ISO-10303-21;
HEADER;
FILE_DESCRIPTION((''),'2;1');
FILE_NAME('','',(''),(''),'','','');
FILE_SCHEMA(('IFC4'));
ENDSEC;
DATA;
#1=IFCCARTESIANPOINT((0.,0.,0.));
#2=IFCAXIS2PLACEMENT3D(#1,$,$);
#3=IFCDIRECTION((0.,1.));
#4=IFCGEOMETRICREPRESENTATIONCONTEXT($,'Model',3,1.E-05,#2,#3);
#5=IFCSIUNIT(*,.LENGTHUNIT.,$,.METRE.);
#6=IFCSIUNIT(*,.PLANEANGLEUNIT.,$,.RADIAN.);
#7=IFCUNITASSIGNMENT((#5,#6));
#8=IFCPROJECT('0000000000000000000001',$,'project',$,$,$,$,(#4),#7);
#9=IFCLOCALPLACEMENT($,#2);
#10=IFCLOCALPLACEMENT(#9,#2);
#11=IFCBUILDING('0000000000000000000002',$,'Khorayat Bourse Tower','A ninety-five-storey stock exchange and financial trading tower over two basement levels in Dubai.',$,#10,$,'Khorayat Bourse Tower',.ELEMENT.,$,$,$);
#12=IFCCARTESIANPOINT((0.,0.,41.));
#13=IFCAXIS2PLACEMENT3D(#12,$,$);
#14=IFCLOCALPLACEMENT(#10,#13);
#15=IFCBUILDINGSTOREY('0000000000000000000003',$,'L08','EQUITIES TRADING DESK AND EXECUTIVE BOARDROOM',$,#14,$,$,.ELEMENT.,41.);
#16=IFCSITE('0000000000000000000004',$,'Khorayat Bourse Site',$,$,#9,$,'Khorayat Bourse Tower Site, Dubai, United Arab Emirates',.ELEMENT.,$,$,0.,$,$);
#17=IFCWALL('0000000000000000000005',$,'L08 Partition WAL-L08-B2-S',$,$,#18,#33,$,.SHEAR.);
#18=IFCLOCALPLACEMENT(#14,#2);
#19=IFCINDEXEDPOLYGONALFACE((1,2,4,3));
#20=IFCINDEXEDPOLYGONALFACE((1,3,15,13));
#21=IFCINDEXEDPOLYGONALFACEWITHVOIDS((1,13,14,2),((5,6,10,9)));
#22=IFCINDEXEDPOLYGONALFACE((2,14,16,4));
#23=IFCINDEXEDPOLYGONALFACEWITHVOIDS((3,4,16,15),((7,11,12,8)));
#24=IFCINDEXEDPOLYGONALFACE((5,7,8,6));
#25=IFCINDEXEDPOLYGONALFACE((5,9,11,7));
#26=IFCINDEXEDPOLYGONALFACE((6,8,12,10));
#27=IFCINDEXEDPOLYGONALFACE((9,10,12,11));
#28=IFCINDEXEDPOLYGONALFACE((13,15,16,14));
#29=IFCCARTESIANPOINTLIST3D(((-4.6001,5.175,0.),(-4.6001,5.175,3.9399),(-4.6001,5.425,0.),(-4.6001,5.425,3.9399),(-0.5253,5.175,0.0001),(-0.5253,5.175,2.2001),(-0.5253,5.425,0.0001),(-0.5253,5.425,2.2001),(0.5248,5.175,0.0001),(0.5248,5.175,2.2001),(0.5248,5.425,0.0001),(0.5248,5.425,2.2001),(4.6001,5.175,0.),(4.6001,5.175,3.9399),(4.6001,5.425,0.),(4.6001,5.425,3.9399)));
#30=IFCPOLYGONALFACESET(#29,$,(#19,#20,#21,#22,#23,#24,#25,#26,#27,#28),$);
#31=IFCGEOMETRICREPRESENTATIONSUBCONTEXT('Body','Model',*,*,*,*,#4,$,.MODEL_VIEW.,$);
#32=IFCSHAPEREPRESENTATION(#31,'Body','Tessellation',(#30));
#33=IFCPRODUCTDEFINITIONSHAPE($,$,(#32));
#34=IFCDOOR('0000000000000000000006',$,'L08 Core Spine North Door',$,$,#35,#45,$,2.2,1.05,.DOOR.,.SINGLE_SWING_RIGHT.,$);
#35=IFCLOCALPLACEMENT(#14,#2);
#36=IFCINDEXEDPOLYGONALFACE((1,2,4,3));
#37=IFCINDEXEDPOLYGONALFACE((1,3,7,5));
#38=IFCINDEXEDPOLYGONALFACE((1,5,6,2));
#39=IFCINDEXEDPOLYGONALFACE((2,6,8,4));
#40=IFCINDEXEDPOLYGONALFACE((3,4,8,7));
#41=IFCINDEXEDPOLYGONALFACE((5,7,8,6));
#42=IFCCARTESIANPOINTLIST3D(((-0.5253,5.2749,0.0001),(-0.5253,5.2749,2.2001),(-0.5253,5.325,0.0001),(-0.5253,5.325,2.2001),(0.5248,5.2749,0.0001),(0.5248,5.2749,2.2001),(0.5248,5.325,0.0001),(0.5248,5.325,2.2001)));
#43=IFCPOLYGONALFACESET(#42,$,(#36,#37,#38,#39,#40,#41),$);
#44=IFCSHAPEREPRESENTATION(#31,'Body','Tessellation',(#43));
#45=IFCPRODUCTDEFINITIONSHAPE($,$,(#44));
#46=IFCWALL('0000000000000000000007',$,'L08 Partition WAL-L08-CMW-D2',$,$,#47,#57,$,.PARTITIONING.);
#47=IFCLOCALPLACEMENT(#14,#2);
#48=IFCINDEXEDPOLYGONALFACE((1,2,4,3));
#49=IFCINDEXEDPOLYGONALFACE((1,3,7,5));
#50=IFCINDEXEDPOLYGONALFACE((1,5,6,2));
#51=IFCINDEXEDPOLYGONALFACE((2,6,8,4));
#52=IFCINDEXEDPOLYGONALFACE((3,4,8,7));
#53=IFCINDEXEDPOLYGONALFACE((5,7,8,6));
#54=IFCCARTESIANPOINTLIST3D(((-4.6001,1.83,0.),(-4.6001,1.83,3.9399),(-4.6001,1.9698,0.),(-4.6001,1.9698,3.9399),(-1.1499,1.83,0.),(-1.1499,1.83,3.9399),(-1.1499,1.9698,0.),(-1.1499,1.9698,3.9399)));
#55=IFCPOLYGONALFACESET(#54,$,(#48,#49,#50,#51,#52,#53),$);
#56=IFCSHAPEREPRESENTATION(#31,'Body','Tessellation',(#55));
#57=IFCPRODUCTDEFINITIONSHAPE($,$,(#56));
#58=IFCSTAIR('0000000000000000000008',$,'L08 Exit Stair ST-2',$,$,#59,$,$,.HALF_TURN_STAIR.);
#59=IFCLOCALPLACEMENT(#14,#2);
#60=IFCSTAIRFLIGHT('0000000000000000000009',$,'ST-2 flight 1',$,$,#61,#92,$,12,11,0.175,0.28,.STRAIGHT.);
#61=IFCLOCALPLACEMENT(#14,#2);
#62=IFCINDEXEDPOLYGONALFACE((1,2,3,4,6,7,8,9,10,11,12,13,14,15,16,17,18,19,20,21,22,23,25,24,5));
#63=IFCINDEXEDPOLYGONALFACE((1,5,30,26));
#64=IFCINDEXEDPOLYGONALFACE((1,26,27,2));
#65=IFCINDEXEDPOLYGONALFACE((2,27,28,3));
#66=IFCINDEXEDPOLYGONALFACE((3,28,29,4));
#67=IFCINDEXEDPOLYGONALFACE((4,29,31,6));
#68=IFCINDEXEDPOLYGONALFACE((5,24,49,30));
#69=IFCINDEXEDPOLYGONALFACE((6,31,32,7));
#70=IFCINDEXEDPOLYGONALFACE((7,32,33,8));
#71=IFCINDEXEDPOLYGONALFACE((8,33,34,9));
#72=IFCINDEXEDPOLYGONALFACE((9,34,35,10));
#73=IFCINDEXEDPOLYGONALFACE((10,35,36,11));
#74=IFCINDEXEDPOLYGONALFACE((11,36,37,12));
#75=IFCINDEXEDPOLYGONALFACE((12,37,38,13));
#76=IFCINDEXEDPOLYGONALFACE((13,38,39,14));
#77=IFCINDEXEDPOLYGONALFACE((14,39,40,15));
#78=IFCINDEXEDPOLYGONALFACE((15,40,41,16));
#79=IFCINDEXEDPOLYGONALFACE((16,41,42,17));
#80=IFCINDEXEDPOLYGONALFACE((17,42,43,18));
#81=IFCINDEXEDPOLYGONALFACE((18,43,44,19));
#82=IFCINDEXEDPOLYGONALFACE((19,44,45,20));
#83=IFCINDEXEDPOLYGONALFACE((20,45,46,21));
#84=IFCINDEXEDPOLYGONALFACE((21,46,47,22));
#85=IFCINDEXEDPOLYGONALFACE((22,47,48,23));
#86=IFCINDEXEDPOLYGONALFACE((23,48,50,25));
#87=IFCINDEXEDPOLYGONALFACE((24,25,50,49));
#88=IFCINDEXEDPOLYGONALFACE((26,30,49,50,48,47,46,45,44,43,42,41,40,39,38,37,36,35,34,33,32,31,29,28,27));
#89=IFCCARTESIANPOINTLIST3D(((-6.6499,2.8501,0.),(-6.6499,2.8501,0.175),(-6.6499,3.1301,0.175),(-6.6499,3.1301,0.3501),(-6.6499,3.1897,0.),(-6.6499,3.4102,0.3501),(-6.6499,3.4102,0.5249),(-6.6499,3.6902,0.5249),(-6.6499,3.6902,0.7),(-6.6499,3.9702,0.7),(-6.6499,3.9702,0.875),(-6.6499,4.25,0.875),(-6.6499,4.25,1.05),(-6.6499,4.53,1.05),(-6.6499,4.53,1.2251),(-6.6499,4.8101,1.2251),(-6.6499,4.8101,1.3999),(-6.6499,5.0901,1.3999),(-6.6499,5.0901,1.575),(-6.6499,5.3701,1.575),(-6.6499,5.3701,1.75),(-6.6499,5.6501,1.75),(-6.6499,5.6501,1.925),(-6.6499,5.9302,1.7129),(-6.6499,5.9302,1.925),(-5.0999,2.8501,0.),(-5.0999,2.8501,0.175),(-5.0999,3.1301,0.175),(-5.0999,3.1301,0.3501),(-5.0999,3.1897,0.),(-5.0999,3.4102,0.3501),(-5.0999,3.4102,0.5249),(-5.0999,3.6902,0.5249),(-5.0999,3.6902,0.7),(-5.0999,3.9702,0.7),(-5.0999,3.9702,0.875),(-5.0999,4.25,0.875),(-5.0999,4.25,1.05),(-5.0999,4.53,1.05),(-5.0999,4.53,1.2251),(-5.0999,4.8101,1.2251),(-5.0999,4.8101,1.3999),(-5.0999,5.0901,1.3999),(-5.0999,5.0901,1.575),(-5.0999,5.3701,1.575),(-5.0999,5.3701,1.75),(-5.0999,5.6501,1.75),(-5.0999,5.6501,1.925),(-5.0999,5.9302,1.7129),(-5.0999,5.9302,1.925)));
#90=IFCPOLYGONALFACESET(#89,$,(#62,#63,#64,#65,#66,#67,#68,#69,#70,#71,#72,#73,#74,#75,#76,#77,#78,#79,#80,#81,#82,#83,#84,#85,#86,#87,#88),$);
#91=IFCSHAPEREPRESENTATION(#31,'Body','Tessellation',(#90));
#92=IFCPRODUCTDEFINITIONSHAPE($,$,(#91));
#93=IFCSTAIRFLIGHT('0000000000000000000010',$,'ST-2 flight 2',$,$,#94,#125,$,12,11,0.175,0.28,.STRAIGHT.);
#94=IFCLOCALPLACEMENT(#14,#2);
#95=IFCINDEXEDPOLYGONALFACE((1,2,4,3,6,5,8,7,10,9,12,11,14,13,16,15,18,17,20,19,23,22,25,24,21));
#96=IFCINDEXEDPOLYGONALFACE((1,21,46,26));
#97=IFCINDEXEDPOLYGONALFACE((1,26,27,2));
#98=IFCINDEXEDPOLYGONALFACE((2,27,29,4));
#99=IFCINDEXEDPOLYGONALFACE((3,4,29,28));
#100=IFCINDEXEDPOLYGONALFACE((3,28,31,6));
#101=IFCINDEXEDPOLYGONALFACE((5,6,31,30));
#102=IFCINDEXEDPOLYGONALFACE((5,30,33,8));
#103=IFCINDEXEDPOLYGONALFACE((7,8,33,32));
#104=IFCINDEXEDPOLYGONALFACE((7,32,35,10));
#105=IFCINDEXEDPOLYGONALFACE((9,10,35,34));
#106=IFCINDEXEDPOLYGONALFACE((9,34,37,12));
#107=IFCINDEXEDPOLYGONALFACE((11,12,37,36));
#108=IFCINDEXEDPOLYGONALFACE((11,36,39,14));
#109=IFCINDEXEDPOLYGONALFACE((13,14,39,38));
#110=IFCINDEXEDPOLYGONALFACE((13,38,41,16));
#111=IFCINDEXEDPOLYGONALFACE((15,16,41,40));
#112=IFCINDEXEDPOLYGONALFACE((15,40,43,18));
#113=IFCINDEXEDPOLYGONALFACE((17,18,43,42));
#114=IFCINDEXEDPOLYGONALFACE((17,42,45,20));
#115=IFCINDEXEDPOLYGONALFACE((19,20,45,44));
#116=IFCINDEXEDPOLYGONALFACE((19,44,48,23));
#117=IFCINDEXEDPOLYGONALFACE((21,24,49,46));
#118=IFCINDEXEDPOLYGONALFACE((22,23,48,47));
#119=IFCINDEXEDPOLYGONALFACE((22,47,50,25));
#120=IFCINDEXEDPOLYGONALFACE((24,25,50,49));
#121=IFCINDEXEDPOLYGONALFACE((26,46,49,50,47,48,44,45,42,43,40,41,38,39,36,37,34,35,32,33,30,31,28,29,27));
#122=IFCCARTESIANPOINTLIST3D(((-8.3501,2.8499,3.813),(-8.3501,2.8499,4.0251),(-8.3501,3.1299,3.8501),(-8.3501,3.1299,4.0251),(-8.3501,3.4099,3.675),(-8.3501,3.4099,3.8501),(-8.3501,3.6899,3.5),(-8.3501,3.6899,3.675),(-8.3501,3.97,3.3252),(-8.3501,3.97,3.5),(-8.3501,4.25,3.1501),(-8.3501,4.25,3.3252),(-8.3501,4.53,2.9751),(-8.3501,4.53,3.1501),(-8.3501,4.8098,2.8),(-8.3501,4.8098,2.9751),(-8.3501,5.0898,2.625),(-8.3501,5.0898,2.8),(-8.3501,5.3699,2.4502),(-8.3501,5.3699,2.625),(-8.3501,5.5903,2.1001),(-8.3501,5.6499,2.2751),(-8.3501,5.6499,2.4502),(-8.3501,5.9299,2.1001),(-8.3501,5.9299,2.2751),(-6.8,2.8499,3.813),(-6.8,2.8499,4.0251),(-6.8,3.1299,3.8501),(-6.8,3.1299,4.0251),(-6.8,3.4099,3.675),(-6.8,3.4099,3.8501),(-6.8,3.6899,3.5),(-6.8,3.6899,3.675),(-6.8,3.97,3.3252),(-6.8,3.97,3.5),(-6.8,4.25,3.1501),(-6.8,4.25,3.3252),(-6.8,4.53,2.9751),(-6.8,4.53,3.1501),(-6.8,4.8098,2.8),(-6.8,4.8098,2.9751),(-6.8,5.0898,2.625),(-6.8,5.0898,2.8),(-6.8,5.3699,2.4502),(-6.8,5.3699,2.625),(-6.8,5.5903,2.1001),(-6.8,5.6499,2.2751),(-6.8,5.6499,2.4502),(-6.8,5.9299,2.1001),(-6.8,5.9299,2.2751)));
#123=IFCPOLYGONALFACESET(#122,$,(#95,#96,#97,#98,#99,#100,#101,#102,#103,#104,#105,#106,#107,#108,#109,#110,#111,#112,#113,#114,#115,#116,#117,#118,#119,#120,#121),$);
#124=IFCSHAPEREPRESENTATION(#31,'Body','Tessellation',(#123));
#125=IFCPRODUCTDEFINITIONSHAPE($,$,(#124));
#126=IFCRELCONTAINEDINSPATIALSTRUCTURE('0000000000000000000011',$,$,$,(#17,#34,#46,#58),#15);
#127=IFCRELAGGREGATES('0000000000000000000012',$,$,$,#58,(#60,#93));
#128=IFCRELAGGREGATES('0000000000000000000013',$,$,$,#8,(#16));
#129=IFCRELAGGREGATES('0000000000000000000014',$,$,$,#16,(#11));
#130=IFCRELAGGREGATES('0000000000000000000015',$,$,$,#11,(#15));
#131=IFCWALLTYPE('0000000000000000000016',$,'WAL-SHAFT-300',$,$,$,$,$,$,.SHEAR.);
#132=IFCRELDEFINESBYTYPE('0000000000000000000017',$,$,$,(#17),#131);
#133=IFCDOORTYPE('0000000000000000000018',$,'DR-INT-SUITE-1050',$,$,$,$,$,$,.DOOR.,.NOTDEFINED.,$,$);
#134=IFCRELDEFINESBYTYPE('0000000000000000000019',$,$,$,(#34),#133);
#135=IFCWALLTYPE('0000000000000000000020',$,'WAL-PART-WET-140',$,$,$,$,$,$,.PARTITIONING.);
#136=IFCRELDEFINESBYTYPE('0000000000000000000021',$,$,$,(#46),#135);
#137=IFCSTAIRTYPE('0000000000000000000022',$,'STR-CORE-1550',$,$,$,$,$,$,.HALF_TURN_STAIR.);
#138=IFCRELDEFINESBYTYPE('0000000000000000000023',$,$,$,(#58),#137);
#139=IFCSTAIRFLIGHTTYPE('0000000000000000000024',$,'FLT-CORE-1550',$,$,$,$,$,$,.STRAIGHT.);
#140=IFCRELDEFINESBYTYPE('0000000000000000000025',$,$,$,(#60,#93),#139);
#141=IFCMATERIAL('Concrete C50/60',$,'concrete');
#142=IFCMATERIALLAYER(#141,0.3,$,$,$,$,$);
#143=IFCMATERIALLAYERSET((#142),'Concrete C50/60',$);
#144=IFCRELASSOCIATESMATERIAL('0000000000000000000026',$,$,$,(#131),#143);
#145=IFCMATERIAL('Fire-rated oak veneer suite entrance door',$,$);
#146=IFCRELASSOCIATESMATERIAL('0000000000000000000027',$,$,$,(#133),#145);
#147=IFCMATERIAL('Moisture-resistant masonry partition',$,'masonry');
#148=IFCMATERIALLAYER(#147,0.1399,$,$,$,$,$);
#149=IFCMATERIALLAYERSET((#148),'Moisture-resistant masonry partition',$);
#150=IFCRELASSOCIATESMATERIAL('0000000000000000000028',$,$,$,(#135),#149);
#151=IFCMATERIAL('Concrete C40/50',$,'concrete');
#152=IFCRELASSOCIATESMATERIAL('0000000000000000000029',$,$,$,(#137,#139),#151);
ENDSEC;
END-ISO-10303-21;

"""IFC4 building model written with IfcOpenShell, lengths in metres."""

from ifc_helpers import new_model, si_unit, direction, frame, frame_2d, origin, place, context, subcontext, project, spatial, polyline, rectangle, outline, extrude, source, transform, mapped, material, layer, layer_set, type_object, element, fill, aggregate, save


model = new_model("IFC4")

# Units and contexts
model_context = context("Model", 3, precision=1e-05, world=origin(), true_north=direction((0.0, 1.0)))
body_context = subcontext(model_context, "Body", "Model", "MODEL_VIEW")
ifc_project = project(units=[si_unit("LENGTHUNIT", "METRE"), si_unit("PLANEANGLEUNIT", "RADIAN")], contexts=[model_context])

# Site, building, storey
site_placement = place(None, origin())
site = spatial("IfcSite", under=ifc_project, at=site_placement, Name="Khorayat Bourse Site", LongName="Khorayat Bourse Tower Site, Dubai, United Arab Emirates", CompositionType="ELEMENT", RefElevation=0.0)
building_placement = place(site_placement, origin())
building = spatial("IfcBuilding", under=site, at=building_placement, Name="Khorayat Bourse Tower", Description="A ninety-five-storey stock exchange and financial trading tower over two basement levels in Dubai.", LongName="Khorayat Bourse Tower", CompositionType="ELEMENT")
storey_placement = place(building_placement, frame((0.0, 0.0, 41.0)))
storey = spatial("IfcBuildingStorey", under=building, at=storey_placement, Name="L08", Description="EQUITIES TRADING DESK AND EXECUTIVE BOARDROOM", CompositionType="ELEMENT", Elevation=41.0)

# Shared definitions
ifc_material_1 = material(Name="Concrete C50/60", Category="concrete")
ifc_layer_1 = layer(ifc_material_1, 0.3)
ifc_layer_set_1 = layer_set([ifc_layer_1], Name="Concrete C50/60")
wall_type_1 = type_object("IfcWallType", Name="WAL-SHAFT-300", PredefinedType="SHEAR", material=ifc_layer_set_1)

# Wall, opening, door
shared_shape_1 = source(origin(), body_context, "Body", "SweptSolid", [
    extrude(rectangle(XDim=9.2002, YDim=0.25, at=frame_2d((4.6001, 0.0))), origin(), (0.0, 0.0, 1.0), 3.9399),
])
wall_1_placement = place(storey_placement, frame((-4.6001, 5.3, 0.0), z_axis=(0.0, 0.0, 1.0), x_axis=(1.0, 0.0, 0.0)))
wall_1 = element("IfcWall", 1, at=wall_1_placement, inside=storey, type_object=wall_type_1, Name="L08 Partition WAL-L08-B2-S", PredefinedType="SHEAR", context=body_context, shape_type="MappedRepresentation", body=[
    mapped(shared_shape_1, transform((0.0, 0.0, 0.0), scale=1.0)),
])
shared_shape_2 = source(origin(), body_context, "Body", "SweptSolid", [
    extrude(rectangle(XDim=1.05, YDim=2.2, at=frame_2d((0.5249, 1.1001))), frame((0.0, 0.135, 0.0), z_axis=(0.0, -1.0, 0.0), x_axis=(1.0, 0.0, 0.0)), (0.0, 0.0, 1.0), 0.27),
])
opening_placement = place(wall_1_placement, frame((4.075, 0.0, 0.0)))
opening = element("IfcOpeningElement", 2, at=opening_placement, cuts=wall_1, PredefinedType="OPENING", context=body_context, shape_type="MappedRepresentation", body=[
    mapped(shared_shape_2, transform((0.0, 0.0, 0.0), scale=1.0)),
])
ifc_material_2 = material(Name="Fire-rated oak veneer suite entrance door")
door_type = type_object("IfcDoorType", Name="DR-INT-SUITE-1050", OperationType="NOTDEFINED", PredefinedType="DOOR", material=ifc_material_2)
shared_shape_3 = source(origin(), body_context, "Body", "SweptSolid", [
    extrude(rectangle(XDim=1.05, YDim=2.2, at=frame_2d((0.5249, 1.1001))), frame((0.0, 0.0249, 0.0), z_axis=(0.0, -1.0, 0.0), x_axis=(1.0, 0.0, 0.0)), (0.0, 0.0, 1.0), 0.05),
])
door_placement = place(opening_placement, origin())
door = element("IfcDoor", 3, at=door_placement, inside=storey, type_object=door_type, Name="L08 Core Spine North Door", OperationType="SINGLE_SWING_RIGHT", OverallHeight=2.2, OverallWidth=1.05, PredefinedType="DOOR", context=body_context, shape_type="MappedRepresentation", body=[
    mapped(shared_shape_3, transform((0.0, 0.0, 0.0), scale=1.0)),
])
fill(opening, door)

# Wall
ifc_material_3 = material(Name="Moisture-resistant masonry partition", Category="masonry")
ifc_layer_2 = layer(ifc_material_3, 0.1399)
ifc_layer_set_2 = layer_set([ifc_layer_2], Name="Moisture-resistant masonry partition")
wall_type_2 = type_object("IfcWallType", Name="WAL-PART-WET-140", PredefinedType="PARTITIONING", material=ifc_layer_set_2)
shared_shape_4 = source(origin(), body_context, "Body", "SweptSolid", [
    extrude(rectangle(XDim=3.4502, YDim=0.1399, at=frame_2d((1.7251, 0.0))), origin(), (0.0, 0.0, 1.0), 3.9399),
])
wall_2_placement = place(storey_placement, frame((-4.6001, 1.8999, 0.0), z_axis=(0.0, 0.0, 1.0), x_axis=(1.0, 0.0, 0.0)))
element("IfcWall", 4, at=wall_2_placement, inside=storey, type_object=wall_type_2, Name="L08 Partition WAL-L08-CMW-D2", PredefinedType="PARTITIONING", context=body_context, shape_type="MappedRepresentation", body=[
    mapped(shared_shape_4, transform((0.0, 0.0, 0.0), scale=1.0)),
])

# Stair, stair flights
ifc_material_4 = material(Name="Concrete C40/50", Category="concrete")
stair_type = type_object("IfcStairType", Name="STR-CORE-1550", PredefinedType="HALF_TURN_STAIR", material=ifc_material_4)
stair_placement = place(storey_placement, origin())
stair = element("IfcStair", 5, at=stair_placement, inside=storey, type_object=stair_type, Name="L08 Exit Stair ST-2", PredefinedType="HALF_TURN_STAIR")
stair_flight_type = type_object("IfcStairFlightType", Name="FLT-CORE-1550", PredefinedType="STRAIGHT", material=ifc_material_4)
shared_shape_5 = source(origin(), body_context, "Body", "SweptSolid", [
    extrude(outline(polyline([(0.0, 0.0), (0.0, 0.175), (0.28, 0.175), (0.28, 0.3501), (0.5601, 0.3501), (0.5601, 0.5249), (0.8401, 0.5249), (0.8401, 0.7), (1.1201, 0.7), (1.1201, 0.875), (1.3999, 0.875), (1.3999, 1.05), (1.6799, 1.05), (1.6799, 1.2251), (1.96, 1.2251), (1.96, 1.3999), (2.24, 1.3999), (2.24, 1.575), (2.52, 1.575), (2.52, 1.75), (2.8, 1.75), (2.8, 1.925), (3.0801, 1.925), (3.0801, 2.1001), (3.0801, 1.7129), (0.3396, 0.0), (0.0, 0.0)])), frame((0.0, 0.7749, 0.0), z_axis=(0.0, -1.0, 0.0), x_axis=(1.0, 0.0, 0.0)), (0.0, 0.0, 1.0), 1.55),
])
stair_flight_1_placement = place(storey_placement, frame((-5.875, 2.8501, 0.0), z_axis=(0.0, 0.0, 1.0), x_axis=(0.0, 1.0, 0.0)))
stair_flight_1 = element("IfcStairFlight", 6, at=stair_flight_1_placement, type_object=stair_flight_type, Name="ST-2 flight 1", NumberOfRisers=12, NumberOfTreads=11, PredefinedType="STRAIGHT", RiserHeight=0.175, TreadLength=0.28, context=body_context, shape_type="MappedRepresentation", body=[
    mapped(shared_shape_5, transform((0.0, 0.0, 0.0), scale=1.0)),
])
stair_flight_2_placement = place(storey_placement, frame((-7.575, 5.9299, 2.1001), z_axis=(0.0, 0.0, 1.0), x_axis=(0.0, -1.0, 0.0)))
stair_flight_2 = element("IfcStairFlight", 7, at=stair_flight_2_placement, type_object=stair_flight_type, Name="ST-2 flight 2", NumberOfRisers=12, NumberOfTreads=11, PredefinedType="STRAIGHT", RiserHeight=0.175, TreadLength=0.28, context=body_context, shape_type="MappedRepresentation", body=[
    mapped(shared_shape_5, transform((0.0, 0.0, 0.0), scale=1.0)),
])
aggregate(stair, [stair_flight_1, stair_flight_2])

save(model, "model.ifc")
